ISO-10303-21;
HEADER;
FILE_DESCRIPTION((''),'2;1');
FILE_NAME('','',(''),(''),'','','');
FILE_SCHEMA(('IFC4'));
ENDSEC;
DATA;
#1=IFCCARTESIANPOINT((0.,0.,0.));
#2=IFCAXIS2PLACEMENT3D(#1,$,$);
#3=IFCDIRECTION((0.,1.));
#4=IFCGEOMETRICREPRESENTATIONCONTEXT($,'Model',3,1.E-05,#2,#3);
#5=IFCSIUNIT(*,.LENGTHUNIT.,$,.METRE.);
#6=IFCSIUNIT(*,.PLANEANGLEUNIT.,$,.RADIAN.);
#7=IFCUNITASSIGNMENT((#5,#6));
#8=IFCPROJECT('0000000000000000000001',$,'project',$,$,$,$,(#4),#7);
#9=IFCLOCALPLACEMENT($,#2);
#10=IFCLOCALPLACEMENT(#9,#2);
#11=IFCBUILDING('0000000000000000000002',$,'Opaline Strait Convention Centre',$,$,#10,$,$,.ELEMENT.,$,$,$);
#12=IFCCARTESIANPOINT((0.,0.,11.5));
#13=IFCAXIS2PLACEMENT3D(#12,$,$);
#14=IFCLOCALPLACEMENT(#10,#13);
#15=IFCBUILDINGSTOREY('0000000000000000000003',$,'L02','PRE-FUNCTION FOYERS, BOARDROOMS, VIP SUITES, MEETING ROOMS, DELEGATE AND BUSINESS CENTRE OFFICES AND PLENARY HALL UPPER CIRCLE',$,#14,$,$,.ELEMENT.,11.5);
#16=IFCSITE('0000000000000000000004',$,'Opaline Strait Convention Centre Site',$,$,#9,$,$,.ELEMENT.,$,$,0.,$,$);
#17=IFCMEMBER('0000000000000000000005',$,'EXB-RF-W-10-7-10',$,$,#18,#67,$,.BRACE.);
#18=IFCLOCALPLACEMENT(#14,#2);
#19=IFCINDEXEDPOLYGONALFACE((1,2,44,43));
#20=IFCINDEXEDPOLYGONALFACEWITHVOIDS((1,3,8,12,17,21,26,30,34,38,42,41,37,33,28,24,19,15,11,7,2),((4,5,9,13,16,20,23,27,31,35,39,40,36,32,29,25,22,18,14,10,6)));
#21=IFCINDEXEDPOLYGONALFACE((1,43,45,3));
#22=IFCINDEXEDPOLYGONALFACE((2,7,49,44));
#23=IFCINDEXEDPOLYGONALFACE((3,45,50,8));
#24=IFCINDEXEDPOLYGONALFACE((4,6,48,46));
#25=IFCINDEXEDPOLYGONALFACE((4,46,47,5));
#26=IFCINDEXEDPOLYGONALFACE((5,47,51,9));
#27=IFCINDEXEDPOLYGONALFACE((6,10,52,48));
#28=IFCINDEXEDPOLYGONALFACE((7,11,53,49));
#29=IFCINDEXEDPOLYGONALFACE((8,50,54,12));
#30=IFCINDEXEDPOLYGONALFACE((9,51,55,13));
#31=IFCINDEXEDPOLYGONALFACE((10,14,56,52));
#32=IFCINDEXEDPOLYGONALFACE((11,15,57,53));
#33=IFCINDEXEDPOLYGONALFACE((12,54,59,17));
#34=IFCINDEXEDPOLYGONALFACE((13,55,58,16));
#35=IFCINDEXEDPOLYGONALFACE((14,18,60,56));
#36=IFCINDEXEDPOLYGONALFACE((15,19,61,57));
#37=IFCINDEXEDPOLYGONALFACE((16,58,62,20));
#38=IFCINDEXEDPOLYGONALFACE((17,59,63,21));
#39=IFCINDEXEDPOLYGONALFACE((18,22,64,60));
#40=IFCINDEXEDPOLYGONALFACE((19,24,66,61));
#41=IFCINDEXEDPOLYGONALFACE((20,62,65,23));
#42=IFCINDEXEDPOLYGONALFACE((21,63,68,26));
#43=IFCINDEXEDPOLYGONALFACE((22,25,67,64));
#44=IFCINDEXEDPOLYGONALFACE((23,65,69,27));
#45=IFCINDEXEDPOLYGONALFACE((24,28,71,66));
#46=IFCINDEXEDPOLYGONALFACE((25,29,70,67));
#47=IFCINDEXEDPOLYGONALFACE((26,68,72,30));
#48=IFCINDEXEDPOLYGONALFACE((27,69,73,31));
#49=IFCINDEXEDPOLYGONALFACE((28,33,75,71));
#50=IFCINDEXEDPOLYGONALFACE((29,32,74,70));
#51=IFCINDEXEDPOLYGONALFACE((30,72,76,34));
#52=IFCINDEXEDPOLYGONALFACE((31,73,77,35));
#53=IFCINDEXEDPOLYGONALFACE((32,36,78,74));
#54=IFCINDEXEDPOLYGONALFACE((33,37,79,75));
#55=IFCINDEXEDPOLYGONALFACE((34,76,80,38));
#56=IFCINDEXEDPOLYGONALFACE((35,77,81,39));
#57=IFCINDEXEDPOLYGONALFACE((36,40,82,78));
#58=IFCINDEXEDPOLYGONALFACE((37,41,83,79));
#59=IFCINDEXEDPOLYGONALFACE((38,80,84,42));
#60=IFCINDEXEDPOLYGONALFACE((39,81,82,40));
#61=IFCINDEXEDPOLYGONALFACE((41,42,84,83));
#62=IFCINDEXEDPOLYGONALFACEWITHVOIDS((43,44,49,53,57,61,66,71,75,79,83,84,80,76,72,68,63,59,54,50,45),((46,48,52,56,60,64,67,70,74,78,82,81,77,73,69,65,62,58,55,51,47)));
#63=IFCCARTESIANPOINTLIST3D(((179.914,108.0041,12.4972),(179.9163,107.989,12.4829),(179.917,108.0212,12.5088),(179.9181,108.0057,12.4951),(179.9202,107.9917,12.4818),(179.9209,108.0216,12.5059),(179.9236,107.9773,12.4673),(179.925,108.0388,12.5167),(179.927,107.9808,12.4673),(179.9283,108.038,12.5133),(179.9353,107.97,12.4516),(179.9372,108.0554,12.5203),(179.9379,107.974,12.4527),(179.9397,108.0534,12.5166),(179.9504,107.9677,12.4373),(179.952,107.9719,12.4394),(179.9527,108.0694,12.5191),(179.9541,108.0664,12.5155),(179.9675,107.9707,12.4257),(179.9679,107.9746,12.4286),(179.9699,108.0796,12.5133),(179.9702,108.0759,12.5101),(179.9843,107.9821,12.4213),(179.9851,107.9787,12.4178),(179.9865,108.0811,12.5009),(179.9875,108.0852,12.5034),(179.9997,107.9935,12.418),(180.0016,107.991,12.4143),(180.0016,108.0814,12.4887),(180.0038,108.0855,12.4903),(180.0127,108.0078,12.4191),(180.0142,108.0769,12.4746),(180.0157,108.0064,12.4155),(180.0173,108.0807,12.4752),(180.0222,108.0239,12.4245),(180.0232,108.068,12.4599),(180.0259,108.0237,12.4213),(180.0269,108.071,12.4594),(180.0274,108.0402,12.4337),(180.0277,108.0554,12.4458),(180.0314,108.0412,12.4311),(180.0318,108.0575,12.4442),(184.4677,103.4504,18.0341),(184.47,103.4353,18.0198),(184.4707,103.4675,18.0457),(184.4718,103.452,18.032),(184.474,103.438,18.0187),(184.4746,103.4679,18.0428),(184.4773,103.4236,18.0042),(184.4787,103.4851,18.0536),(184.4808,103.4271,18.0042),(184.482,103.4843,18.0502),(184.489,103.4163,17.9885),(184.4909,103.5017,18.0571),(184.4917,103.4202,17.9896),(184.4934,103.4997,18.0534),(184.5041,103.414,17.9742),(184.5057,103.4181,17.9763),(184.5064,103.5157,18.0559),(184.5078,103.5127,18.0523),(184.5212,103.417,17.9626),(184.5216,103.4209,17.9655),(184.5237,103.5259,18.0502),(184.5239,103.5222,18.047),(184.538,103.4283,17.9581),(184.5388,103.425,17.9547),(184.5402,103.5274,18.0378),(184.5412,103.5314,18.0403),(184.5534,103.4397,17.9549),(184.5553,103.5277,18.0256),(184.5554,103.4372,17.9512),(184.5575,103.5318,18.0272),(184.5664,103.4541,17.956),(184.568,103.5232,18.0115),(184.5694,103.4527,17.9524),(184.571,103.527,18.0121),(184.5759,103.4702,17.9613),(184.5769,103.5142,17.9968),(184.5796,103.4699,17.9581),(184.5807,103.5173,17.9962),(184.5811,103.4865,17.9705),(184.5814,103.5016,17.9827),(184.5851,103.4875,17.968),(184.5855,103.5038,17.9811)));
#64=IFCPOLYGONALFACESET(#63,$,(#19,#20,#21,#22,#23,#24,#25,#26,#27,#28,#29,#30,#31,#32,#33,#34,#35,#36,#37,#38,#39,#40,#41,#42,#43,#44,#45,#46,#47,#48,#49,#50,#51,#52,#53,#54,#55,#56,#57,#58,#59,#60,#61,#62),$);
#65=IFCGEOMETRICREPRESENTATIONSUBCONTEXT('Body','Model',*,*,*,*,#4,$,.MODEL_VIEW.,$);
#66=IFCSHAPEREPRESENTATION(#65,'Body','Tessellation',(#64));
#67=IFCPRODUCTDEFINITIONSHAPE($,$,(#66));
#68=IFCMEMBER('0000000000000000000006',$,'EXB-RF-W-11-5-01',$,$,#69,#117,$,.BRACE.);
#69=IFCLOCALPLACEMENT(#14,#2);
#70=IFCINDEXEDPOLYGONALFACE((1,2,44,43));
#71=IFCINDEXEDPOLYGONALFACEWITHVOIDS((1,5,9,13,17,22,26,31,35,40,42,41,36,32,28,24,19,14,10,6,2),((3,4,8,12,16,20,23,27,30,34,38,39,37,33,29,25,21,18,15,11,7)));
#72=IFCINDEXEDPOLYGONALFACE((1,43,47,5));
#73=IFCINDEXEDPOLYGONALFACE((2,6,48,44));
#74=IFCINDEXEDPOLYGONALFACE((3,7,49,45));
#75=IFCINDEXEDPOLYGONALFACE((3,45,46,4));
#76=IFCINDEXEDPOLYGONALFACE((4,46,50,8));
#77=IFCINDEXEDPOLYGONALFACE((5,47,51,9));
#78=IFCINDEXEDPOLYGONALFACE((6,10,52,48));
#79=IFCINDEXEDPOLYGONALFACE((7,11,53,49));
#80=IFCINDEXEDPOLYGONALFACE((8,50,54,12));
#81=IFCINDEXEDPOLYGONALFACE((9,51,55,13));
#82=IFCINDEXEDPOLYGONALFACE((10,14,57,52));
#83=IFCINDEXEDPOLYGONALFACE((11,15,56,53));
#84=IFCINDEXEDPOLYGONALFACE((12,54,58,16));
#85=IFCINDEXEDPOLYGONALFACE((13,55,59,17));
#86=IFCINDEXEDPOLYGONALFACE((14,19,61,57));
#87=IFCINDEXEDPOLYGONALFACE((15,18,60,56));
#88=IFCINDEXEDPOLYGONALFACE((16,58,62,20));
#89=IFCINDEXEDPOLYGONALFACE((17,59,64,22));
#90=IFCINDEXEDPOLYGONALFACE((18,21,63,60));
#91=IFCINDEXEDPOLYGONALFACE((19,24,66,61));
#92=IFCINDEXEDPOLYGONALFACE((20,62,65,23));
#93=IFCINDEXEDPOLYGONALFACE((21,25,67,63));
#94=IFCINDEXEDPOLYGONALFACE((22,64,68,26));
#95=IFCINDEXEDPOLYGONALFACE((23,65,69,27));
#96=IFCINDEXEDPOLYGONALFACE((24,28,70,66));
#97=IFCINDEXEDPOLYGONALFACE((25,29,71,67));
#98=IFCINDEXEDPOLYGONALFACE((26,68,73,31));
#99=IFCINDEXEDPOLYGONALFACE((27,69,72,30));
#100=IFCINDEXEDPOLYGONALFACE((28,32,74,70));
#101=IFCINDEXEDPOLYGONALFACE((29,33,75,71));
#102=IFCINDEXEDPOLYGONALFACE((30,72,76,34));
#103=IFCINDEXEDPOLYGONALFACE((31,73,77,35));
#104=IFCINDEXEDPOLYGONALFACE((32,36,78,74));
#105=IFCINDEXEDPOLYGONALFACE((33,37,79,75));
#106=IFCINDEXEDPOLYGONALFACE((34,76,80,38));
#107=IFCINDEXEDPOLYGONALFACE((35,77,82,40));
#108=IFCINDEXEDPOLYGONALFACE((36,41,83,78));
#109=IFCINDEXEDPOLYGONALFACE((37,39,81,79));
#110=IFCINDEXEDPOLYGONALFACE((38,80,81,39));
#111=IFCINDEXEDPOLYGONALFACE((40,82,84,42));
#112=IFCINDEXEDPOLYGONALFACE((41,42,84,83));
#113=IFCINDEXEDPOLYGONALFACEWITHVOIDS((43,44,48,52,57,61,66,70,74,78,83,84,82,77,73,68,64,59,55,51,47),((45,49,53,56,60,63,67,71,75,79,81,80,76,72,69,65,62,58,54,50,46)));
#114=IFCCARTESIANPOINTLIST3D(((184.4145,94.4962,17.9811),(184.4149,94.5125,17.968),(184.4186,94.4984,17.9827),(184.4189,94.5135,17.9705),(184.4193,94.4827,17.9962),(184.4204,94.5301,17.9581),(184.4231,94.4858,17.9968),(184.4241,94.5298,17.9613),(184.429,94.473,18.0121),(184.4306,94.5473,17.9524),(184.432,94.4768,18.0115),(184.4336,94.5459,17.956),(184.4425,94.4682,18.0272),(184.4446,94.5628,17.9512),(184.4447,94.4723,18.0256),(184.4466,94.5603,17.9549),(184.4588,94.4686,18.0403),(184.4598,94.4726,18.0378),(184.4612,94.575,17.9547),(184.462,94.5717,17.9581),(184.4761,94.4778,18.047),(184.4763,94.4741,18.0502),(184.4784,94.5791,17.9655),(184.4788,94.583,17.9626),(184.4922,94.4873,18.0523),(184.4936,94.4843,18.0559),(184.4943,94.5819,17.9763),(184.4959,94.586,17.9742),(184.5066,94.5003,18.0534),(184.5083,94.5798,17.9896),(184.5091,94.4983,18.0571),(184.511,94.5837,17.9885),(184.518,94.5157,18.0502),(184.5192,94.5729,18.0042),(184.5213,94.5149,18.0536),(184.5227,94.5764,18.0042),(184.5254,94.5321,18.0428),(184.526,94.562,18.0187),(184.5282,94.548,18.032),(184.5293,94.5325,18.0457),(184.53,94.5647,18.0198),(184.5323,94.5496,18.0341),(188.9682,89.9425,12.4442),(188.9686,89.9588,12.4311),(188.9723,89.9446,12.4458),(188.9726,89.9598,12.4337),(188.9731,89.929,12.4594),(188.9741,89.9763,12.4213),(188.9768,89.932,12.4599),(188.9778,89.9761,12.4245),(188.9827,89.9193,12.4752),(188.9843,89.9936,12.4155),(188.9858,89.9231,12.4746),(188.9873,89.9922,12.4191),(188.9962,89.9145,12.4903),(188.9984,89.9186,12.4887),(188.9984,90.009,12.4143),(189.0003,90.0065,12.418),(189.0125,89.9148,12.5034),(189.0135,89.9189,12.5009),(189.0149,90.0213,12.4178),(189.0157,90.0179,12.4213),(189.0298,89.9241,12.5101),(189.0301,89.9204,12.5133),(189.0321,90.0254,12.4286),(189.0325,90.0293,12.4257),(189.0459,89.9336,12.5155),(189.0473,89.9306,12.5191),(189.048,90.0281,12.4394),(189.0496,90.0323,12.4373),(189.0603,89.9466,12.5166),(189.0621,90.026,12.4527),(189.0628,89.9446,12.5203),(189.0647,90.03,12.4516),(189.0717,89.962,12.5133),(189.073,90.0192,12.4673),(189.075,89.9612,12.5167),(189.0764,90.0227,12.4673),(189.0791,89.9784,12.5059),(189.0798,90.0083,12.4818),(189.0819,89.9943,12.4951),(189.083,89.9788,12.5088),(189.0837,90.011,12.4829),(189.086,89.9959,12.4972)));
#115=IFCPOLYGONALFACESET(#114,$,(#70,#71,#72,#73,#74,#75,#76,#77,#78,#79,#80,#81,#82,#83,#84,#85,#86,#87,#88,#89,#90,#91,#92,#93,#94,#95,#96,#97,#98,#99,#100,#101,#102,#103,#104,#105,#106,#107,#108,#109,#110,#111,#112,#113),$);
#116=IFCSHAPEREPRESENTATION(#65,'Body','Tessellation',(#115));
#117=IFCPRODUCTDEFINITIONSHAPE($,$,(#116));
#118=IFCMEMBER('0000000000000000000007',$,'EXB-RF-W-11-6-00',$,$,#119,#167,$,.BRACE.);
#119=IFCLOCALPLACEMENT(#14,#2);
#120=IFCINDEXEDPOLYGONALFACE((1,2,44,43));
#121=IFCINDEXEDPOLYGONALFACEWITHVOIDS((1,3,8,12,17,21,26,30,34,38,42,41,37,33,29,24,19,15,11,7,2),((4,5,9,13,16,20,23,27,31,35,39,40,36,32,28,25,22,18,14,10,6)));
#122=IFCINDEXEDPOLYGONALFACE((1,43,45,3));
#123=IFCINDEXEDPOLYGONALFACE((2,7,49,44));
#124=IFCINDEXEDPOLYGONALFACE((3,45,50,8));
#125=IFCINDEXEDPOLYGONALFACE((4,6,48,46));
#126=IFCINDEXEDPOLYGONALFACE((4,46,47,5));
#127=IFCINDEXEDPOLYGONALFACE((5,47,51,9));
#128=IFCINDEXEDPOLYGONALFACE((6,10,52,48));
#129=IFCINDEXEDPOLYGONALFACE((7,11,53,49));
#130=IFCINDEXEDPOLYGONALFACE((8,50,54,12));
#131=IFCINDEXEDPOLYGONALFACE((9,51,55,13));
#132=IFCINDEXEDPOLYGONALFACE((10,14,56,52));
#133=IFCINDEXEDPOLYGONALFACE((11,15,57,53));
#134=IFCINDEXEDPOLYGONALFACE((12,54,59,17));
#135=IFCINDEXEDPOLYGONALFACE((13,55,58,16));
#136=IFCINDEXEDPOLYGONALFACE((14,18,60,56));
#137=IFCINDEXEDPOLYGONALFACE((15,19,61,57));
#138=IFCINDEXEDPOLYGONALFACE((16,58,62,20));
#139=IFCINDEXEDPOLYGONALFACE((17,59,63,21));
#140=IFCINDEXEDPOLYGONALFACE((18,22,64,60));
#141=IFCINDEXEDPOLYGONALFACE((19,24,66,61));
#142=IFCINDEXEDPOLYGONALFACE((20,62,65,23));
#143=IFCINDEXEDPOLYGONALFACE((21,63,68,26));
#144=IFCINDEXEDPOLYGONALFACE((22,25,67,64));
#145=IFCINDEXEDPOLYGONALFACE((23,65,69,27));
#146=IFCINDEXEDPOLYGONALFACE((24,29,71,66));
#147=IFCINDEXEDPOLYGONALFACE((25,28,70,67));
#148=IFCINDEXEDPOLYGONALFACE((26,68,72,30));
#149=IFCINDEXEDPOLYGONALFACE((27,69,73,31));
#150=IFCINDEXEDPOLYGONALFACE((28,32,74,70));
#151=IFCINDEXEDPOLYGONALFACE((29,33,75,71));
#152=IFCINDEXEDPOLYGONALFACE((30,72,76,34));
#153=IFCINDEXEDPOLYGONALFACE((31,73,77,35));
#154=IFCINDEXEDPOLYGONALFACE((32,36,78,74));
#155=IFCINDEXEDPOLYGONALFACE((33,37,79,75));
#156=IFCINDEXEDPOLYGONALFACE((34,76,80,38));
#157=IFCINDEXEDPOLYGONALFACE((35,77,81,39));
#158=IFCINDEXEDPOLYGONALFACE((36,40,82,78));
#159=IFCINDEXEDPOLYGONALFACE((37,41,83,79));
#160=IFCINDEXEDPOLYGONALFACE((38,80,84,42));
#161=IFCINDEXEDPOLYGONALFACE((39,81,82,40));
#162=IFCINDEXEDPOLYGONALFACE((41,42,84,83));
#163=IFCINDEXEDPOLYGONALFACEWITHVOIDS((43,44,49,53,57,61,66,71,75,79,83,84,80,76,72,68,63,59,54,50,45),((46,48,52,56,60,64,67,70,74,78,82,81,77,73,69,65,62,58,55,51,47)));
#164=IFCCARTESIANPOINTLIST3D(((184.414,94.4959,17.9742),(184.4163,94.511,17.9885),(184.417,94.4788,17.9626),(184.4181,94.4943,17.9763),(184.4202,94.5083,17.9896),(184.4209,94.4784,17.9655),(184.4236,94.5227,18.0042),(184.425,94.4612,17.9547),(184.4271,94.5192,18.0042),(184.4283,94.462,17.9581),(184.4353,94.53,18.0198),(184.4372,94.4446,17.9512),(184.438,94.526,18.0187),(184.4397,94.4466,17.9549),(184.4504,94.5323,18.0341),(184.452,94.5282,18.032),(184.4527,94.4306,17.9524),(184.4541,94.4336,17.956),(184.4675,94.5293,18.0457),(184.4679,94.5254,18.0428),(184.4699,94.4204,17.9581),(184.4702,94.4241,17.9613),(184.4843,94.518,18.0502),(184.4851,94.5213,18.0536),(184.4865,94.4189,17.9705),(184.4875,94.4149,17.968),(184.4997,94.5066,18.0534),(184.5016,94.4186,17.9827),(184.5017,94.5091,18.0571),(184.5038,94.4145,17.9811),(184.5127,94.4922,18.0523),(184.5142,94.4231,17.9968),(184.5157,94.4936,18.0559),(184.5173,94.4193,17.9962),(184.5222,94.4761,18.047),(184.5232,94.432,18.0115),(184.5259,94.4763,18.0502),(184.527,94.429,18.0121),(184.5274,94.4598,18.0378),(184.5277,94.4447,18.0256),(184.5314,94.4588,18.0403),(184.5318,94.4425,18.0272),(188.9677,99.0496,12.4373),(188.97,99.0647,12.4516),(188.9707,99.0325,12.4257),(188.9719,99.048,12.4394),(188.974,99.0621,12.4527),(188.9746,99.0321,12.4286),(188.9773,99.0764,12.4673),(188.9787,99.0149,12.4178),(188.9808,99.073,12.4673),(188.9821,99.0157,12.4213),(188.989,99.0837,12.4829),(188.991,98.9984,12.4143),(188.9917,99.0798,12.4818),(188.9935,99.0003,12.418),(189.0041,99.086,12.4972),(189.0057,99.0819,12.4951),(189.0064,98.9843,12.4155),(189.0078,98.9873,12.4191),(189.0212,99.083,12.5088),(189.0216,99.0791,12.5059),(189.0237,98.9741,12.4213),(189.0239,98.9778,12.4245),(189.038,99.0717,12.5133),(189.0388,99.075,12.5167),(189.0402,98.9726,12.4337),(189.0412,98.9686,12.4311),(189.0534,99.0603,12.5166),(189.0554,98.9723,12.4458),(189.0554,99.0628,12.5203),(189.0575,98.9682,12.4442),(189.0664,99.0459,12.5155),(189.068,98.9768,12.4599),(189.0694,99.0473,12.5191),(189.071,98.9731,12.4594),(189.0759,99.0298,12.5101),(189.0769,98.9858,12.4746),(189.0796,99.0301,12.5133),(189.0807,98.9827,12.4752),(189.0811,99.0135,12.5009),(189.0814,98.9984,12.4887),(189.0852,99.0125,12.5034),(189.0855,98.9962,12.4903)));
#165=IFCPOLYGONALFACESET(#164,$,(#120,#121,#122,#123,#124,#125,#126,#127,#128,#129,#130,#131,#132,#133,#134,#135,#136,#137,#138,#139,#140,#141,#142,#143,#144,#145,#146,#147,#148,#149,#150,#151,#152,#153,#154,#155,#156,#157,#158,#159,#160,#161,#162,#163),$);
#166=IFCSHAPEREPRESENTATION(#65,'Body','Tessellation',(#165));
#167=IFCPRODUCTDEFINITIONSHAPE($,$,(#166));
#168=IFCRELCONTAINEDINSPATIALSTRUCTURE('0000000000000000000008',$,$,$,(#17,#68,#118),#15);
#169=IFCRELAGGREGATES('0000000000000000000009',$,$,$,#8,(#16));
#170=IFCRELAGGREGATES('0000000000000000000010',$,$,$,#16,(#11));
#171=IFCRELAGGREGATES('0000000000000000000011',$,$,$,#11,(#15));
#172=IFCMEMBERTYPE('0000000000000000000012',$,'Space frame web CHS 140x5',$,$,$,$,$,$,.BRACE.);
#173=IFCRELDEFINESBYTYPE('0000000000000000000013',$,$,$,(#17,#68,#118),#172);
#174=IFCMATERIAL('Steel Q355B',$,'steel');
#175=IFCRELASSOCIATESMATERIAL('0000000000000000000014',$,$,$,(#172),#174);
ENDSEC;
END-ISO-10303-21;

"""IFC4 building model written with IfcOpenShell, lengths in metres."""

from ifc_helpers import new_model, si_unit, direction, frame, origin, origin_2d, place, context, subcontext, project, spatial, hollow_circle, extrude, material, material_profile, profile_set, type_object, element, save


model = new_model("IFC4")

# Units and contexts
model_context = context("Model", 3, precision=1e-05, world=origin(), true_north=direction((0.0, 1.0)))
body_context = subcontext(model_context, "Body", "Model", "MODEL_VIEW")
ifc_project = project(units=[si_unit("LENGTHUNIT", "METRE"), si_unit("PLANEANGLEUNIT", "RADIAN")], contexts=[model_context])

# Site, building, storey
site_placement = place(None, origin())
site = spatial("IfcSite", under=ifc_project, at=site_placement, Name="Opaline Strait Convention Centre Site", CompositionType="ELEMENT", RefElevation=0.0)
building_placement = place(site_placement, origin())
building = spatial("IfcBuilding", under=site, at=building_placement, Name="Opaline Strait Convention Centre", CompositionType="ELEMENT")
storey_placement = place(building_placement, frame((0.0, 0.0, 11.5)))
storey = spatial("IfcBuildingStorey", under=building, at=storey_placement, Name="L02", Description="PRE-FUNCTION FOYERS, BOARDROOMS, VIP SUITES, MEETING ROOMS, DELEGATE AND BUSINESS CENTRE OFFICES AND PLENARY HALL UPPER CIRCLE", CompositionType="ELEMENT", Elevation=11.5)

# Members
ifc_material = material(Name="Steel Q355B", Category="steel")
ifc_material_profile_1 = material_profile(ifc_material, hollow_circle(Radius=0.0701, WallThickness=0.0049, at=origin_2d()), Name="CHS 140x5")
ifc_profile_set_1 = profile_set([ifc_material_profile_1], Name="Steel Q355B")
member_type_1 = type_object("IfcMemberType", Name="Space frame web CHS 140x5", PredefinedType="BRACE", material=ifc_profile_set_1)
for number, where, z_axis, x_axis, name in (
    (1, (184.5269, 103.4731, 18.0042), (-0.536178, 0.536178, -0.65194), (-0.707107, -0.707107, 0.0), "EXB-RF-W-10-7-10"),
    (2, (184.4731, 94.5269, 18.0042), (0.536178, -0.536178, -0.65194), (0.707107, 0.707107, 0.0), "EXB-RF-W-11-5-01"),
    (3, (184.4731, 94.4731, 18.0042), (0.536178, 0.536178, -0.65194), (-0.707107, 0.707107, 0.0), "EXB-RF-W-11-6-00"),
):
    element("IfcMember", number, at=place(storey_placement, frame(where, z_axis=z_axis, x_axis=x_axis)), inside=storey, type_object=member_type_1, Name=name, PredefinedType="BRACE", context=body_context, shape_type="SweptSolid", body=[
        extrude(hollow_circle(Radius=0.0701, WallThickness=0.0049, at=origin_2d()), origin(), (0.0, 0.0, 1.0), 8.4929),
    ])

save(model, "model.ifc")
